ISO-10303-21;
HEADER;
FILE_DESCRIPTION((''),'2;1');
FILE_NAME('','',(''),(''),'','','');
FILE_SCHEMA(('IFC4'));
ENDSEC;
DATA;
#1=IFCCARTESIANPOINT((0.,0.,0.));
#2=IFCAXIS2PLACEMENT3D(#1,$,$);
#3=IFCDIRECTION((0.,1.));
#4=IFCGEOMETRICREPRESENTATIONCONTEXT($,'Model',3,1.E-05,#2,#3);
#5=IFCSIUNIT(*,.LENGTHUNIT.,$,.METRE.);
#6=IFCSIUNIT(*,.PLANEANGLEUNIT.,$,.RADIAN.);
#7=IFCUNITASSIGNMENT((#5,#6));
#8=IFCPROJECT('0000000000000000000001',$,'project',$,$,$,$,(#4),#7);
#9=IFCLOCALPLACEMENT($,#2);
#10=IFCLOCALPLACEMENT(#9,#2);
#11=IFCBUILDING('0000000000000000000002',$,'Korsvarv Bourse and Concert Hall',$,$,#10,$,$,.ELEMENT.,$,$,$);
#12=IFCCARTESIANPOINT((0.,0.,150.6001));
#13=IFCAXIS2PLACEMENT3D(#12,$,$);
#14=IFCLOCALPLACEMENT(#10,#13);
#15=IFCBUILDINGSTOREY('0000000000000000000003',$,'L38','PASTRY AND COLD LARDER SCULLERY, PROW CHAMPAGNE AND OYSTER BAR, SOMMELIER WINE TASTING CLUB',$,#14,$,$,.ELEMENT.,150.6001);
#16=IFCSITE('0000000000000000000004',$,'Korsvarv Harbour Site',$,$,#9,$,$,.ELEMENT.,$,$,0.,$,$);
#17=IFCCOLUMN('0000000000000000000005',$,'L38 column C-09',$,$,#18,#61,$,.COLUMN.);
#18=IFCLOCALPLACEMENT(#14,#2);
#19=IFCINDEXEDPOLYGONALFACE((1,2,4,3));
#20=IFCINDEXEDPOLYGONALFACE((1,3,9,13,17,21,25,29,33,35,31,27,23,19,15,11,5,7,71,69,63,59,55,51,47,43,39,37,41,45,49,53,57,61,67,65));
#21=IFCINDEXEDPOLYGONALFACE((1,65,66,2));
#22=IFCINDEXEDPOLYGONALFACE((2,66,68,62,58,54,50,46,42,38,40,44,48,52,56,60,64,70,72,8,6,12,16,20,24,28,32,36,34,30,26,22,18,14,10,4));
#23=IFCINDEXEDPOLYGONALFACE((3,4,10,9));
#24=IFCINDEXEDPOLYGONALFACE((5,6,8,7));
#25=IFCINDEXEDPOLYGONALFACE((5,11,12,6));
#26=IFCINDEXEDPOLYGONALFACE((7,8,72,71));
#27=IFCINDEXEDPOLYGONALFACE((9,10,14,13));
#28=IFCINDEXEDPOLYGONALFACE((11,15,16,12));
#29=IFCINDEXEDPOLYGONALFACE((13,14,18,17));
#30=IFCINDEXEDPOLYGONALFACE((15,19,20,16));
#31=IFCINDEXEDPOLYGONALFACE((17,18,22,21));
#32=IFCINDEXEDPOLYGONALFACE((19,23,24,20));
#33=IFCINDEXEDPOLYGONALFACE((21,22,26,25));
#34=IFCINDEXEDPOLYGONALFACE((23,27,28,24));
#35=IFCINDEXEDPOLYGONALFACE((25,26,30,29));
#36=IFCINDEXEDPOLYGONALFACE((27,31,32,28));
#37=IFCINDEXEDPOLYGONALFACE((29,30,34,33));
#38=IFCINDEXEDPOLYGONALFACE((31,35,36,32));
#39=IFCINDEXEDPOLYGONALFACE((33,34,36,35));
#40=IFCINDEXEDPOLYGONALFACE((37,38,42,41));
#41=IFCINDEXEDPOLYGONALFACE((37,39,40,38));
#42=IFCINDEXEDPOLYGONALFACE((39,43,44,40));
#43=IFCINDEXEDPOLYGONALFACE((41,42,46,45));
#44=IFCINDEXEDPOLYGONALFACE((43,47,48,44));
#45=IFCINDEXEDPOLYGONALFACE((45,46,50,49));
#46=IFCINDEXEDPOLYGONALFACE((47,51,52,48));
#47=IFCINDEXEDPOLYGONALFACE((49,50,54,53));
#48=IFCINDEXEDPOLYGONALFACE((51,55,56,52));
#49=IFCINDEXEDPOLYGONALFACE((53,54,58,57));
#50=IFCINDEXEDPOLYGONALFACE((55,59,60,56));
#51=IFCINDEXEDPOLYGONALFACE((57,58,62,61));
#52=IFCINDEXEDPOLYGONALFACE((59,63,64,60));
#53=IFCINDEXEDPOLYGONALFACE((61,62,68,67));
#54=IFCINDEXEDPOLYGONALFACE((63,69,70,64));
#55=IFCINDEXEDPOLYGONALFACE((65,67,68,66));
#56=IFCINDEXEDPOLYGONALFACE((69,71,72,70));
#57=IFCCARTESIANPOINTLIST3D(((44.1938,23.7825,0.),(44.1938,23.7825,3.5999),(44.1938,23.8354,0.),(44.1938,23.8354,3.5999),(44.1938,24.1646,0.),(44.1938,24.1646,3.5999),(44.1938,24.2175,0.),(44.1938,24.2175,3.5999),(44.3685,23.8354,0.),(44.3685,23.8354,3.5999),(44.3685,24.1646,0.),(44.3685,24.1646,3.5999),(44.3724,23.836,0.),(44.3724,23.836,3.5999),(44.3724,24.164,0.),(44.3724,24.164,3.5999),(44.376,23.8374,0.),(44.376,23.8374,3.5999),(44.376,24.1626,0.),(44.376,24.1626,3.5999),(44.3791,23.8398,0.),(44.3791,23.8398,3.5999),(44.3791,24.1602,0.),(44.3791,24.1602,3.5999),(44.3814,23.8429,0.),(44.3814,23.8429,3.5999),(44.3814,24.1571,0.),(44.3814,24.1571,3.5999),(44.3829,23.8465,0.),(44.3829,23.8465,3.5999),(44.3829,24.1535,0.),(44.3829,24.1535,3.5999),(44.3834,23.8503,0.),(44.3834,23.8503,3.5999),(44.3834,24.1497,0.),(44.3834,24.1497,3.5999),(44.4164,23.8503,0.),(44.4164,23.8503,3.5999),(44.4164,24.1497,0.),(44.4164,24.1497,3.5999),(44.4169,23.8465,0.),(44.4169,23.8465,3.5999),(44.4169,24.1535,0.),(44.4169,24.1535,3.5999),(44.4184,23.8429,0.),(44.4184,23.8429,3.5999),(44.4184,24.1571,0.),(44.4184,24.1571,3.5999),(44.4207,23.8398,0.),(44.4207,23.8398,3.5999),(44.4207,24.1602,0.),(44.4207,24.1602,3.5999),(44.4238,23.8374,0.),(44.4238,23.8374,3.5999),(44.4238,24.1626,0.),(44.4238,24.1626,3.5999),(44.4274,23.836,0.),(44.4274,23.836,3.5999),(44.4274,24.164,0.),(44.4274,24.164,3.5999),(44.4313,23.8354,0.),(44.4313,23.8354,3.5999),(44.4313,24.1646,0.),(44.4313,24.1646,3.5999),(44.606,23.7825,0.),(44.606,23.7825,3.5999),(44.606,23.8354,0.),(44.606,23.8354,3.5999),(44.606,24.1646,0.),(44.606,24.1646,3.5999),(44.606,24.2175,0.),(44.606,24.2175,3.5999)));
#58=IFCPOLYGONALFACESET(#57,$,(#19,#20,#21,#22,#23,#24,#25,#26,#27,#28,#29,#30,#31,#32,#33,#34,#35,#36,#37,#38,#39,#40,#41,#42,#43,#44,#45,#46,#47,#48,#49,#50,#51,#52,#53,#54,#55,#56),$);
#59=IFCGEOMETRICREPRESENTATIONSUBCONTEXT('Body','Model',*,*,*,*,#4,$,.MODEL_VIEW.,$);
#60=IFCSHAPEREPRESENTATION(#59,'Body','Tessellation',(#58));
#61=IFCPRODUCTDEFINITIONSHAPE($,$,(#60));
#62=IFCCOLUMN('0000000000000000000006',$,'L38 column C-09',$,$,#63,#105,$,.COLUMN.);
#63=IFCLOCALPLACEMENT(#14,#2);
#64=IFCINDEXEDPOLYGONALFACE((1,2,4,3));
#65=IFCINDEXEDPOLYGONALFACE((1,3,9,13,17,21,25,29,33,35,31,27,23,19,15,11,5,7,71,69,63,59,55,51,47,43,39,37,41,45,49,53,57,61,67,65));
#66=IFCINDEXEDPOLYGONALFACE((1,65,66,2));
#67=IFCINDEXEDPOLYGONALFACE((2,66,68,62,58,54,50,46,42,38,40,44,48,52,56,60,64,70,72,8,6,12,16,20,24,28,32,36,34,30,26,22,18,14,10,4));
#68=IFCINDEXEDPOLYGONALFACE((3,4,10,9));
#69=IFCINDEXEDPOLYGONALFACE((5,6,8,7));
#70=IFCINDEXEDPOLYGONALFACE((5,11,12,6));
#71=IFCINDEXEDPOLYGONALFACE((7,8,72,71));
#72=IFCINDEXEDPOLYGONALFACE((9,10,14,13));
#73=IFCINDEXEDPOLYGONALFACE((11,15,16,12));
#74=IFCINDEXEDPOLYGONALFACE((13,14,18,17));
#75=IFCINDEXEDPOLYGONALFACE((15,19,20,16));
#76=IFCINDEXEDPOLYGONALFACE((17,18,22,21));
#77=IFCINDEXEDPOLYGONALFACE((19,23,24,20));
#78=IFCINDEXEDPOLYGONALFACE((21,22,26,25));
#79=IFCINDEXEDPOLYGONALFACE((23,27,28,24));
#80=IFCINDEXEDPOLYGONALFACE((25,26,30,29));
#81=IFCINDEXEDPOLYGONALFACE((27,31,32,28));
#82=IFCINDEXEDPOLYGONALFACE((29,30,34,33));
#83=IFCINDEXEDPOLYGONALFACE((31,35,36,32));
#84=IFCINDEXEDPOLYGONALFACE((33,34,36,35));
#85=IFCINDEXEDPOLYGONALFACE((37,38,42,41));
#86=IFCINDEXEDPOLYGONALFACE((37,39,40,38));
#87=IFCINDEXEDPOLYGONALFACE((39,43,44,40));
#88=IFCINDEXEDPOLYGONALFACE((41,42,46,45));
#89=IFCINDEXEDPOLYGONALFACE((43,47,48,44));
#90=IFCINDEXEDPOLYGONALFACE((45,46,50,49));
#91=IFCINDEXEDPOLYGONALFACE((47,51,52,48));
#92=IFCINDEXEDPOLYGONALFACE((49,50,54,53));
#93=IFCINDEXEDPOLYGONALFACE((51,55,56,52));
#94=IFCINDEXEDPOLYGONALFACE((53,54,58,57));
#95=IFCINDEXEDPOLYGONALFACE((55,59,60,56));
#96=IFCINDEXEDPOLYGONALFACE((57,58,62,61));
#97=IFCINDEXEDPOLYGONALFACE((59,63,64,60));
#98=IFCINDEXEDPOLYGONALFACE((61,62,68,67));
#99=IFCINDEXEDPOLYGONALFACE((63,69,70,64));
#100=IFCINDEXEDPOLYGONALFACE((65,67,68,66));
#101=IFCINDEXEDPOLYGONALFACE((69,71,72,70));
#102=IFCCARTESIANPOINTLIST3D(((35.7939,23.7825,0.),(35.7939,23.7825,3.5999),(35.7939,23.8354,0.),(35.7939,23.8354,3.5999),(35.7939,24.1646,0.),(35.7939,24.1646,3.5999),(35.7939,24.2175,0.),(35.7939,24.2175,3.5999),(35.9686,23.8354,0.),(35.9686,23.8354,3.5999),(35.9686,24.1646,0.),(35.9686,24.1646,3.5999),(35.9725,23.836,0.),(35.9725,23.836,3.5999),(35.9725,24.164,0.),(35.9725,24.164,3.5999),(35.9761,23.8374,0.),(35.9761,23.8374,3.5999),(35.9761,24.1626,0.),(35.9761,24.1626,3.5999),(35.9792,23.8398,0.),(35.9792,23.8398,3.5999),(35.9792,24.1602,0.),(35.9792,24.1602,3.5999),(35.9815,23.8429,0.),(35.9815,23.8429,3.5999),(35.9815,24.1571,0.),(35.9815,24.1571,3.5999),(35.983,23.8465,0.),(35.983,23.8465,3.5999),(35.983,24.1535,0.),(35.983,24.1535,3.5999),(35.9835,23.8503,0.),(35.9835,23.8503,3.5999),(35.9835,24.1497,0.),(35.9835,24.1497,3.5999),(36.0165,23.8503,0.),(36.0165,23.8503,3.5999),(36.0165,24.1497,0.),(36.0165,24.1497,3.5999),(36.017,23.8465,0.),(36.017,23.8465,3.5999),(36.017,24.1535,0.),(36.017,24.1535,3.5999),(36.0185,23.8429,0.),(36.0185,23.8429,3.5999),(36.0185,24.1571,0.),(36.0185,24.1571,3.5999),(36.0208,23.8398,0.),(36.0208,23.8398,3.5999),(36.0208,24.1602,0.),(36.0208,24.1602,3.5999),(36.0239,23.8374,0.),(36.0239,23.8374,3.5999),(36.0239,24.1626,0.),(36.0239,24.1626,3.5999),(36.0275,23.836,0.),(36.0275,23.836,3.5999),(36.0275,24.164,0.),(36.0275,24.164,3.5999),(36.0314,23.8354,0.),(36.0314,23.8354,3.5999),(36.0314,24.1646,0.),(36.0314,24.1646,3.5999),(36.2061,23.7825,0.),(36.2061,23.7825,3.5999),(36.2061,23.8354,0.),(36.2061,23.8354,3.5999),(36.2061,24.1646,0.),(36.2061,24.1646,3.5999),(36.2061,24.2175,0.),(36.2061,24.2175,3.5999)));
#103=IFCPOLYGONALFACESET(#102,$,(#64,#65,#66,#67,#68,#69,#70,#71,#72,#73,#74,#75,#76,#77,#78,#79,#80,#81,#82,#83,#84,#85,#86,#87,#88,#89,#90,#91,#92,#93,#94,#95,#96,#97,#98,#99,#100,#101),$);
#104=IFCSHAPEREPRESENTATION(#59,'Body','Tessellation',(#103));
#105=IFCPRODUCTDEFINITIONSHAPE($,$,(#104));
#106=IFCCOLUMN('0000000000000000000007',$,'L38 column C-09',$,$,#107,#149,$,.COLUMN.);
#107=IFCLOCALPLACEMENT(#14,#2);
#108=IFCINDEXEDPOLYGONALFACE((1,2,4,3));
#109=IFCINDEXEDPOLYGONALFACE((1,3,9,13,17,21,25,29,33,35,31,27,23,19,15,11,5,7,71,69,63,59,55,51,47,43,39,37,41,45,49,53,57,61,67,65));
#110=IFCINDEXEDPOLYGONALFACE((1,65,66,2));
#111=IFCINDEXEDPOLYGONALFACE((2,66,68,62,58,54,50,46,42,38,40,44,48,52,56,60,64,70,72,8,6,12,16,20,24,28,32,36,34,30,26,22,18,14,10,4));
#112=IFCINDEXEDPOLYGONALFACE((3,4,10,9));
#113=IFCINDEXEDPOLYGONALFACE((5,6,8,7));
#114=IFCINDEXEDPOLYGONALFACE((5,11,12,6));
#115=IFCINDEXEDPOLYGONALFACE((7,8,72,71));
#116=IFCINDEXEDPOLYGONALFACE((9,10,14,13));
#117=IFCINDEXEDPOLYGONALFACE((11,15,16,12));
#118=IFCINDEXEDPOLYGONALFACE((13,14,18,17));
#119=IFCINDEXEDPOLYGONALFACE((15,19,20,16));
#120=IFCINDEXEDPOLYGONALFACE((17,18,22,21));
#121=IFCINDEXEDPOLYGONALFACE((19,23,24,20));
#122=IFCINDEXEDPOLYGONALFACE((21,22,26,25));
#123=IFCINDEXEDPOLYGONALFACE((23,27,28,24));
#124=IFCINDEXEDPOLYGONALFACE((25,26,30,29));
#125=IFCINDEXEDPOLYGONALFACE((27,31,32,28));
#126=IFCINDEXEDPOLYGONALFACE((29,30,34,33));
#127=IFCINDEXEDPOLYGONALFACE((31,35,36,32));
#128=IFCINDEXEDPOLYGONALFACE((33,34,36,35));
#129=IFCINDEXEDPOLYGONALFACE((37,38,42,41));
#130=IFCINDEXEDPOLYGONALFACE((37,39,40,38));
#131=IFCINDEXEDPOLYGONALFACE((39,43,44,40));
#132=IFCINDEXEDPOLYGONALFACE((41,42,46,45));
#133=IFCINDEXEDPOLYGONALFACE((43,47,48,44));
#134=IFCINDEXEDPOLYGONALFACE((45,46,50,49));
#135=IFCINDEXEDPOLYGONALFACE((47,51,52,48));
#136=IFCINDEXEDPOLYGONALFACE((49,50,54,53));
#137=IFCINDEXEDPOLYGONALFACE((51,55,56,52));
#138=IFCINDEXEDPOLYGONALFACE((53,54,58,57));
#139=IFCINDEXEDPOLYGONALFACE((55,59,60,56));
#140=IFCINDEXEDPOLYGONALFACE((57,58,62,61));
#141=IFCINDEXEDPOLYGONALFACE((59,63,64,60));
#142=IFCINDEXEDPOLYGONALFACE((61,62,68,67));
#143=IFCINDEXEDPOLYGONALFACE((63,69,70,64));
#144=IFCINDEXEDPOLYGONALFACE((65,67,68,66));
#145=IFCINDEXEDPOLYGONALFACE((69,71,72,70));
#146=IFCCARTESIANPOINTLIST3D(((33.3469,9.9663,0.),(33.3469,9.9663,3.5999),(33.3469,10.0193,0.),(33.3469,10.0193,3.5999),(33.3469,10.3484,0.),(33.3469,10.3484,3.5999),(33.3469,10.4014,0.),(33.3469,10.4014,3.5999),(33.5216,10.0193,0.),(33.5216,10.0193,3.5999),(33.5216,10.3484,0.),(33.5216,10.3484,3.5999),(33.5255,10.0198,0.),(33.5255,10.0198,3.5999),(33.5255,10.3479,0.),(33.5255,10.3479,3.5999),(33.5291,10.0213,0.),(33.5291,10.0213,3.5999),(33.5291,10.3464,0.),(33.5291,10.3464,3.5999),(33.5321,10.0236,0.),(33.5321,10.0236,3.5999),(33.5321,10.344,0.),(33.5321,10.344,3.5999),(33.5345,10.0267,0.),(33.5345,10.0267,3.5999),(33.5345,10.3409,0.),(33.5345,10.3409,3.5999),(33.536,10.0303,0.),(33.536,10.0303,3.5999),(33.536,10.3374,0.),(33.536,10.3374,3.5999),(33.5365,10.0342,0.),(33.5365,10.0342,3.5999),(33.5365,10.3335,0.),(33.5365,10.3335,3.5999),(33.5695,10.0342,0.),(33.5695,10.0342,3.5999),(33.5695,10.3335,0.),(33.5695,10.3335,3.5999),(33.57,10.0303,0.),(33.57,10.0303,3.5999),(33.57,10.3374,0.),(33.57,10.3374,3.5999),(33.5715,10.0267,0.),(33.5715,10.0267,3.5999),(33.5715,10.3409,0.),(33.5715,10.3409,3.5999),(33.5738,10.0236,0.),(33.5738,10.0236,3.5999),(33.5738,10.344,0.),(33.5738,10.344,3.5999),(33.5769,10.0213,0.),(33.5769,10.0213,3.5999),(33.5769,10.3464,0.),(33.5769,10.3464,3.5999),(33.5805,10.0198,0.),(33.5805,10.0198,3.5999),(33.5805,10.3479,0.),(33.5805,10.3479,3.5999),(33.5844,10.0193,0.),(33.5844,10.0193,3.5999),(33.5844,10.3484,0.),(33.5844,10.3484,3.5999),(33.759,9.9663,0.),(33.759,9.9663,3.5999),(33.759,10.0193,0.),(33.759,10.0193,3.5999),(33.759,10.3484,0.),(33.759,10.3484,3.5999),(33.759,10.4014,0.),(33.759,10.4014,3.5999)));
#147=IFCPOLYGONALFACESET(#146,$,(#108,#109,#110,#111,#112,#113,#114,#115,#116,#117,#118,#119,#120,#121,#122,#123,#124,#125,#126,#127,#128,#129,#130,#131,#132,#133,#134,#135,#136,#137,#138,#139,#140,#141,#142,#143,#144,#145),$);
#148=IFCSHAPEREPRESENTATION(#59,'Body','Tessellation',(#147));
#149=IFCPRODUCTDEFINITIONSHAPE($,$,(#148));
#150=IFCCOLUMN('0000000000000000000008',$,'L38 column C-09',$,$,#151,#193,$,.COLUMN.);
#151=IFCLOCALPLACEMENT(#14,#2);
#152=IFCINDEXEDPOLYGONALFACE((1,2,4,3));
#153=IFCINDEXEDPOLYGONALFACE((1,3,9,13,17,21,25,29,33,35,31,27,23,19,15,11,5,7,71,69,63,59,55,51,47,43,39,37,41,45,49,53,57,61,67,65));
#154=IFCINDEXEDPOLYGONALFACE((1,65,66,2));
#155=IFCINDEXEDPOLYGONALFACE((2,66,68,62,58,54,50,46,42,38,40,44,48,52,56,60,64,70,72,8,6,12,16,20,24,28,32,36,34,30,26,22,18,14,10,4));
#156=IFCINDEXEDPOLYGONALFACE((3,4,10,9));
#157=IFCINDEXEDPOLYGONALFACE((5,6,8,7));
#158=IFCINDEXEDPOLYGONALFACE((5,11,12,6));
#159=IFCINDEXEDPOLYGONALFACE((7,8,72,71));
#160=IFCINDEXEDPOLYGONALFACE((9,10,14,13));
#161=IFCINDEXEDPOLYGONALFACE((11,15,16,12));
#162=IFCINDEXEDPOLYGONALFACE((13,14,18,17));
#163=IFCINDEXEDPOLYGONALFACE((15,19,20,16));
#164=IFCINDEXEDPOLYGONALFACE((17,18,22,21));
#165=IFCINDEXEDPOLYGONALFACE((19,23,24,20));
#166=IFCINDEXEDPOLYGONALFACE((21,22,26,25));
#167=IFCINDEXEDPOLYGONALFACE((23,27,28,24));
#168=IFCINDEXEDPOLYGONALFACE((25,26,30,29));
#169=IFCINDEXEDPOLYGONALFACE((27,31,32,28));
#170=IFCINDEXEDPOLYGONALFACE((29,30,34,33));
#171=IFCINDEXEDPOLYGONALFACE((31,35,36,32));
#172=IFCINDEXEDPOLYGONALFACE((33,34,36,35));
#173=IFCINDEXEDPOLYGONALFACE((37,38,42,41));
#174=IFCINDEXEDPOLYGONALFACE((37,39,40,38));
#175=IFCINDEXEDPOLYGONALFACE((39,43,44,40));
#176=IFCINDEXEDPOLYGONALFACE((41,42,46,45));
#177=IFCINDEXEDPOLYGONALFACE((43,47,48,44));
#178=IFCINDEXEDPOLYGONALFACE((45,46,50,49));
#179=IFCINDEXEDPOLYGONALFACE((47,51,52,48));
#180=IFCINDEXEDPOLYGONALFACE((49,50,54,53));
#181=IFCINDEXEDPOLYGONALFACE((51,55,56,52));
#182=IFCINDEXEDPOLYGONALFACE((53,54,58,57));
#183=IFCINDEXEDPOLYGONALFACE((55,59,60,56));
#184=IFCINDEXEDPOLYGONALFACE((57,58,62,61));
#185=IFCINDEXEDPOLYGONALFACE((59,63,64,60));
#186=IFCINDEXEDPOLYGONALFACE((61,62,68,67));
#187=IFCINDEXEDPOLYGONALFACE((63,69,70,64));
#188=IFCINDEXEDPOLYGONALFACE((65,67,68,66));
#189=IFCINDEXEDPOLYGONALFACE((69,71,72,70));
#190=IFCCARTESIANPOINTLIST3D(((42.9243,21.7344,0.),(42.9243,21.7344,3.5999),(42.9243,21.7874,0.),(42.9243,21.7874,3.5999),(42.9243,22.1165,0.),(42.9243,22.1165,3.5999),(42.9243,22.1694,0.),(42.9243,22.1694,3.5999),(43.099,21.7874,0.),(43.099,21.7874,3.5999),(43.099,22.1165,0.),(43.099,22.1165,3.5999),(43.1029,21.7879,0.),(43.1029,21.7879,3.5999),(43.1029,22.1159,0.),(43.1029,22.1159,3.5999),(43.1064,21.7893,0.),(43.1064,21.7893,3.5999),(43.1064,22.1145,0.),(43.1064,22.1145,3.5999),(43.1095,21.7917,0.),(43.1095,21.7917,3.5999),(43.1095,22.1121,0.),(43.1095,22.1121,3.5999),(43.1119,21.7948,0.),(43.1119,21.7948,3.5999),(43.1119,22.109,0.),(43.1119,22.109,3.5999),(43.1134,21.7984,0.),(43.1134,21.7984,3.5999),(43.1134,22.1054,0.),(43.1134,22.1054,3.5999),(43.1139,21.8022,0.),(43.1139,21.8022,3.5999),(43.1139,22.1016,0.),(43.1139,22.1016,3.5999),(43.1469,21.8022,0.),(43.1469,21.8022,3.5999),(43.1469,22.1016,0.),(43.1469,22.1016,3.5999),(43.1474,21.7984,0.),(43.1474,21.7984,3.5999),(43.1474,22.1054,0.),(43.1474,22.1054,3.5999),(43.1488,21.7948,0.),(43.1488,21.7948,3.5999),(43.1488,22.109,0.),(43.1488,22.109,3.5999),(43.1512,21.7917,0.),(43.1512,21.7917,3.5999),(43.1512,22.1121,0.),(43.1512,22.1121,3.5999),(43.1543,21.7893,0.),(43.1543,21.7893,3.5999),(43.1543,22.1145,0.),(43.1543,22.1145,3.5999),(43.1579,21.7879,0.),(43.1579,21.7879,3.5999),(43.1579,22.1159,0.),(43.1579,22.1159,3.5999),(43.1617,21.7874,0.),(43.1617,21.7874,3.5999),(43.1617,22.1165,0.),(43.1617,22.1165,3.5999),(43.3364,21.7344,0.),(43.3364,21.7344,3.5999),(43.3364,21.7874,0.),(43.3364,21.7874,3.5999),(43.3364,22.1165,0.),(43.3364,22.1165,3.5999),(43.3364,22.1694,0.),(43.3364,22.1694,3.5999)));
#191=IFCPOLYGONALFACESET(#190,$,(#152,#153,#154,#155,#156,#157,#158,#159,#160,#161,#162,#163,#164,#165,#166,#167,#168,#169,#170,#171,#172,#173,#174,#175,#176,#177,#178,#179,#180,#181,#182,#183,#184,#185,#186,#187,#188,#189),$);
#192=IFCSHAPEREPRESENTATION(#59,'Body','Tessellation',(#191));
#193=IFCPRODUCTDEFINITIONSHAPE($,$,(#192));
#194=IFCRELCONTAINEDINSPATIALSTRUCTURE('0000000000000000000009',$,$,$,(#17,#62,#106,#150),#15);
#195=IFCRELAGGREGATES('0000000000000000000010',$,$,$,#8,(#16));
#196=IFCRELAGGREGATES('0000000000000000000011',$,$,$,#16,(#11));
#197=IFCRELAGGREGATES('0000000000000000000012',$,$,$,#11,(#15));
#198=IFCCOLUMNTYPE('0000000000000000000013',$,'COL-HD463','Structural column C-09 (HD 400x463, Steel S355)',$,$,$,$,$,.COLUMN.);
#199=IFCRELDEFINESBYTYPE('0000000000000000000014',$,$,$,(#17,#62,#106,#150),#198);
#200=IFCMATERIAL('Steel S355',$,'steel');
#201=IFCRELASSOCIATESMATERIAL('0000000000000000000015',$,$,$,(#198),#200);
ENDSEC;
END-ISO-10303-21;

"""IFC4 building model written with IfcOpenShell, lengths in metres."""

from ifc_helpers import new_model, si_unit, direction, frame, origin, origin_2d, place, context, subcontext, project, spatial, i_section, extrude, source, transform, mapped, material, material_profile, profile_set, type_object, element, save


model = new_model("IFC4")

# Units and contexts
model_context = context("Model", 3, precision=1e-05, world=origin(), true_north=direction((0.0, 1.0)))
body_context = subcontext(model_context, "Body", "Model", "MODEL_VIEW")
ifc_project = project(units=[si_unit("LENGTHUNIT", "METRE"), si_unit("PLANEANGLEUNIT", "RADIAN")], contexts=[model_context])

# Site, building, storey
site_placement = place(None, origin())
site = spatial("IfcSite", under=ifc_project, at=site_placement, Name="Korsvarv Harbour Site", CompositionType="ELEMENT", RefElevation=0.0)
building_placement = place(site_placement, origin())
building = spatial("IfcBuilding", under=site, at=building_placement, Name="Korsvarv Bourse and Concert Hall", CompositionType="ELEMENT")
storey_placement = place(building_placement, frame((0.0, 0.0, 150.6001)))
storey = spatial("IfcBuildingStorey", under=building, at=storey_placement, Name="L38", Description="PASTRY AND COLD LARDER SCULLERY, PROW CHAMPAGNE AND OYSTER BAR, SOMMELIER WINE TASTING CLUB", CompositionType="ELEMENT", Elevation=150.6001)

# Columns
ifc_material_1 = material(Name="Steel S355", Category="steel")
ifc_material_profile_1 = material_profile(ifc_material_1, i_section(OverallWidth=0.4121, OverallDepth=0.4351, WebThickness=0.033, FlangeThickness=0.053, FilletRadius=0.0149, at=origin_2d()), Name="HD 400x463")
ifc_profile_set_1 = profile_set([ifc_material_profile_1], Name="Steel S355")
column_type = type_object("IfcColumnType", Name="COL-HD463", Description="Structural column C-09 (HD 400x463, Steel S355)", PredefinedType="COLUMN", material=ifc_profile_set_1)
shared_shape_1 = source(origin(), body_context, "Body", "SweptSolid", [
    extrude(i_section(OverallWidth=0.4121, OverallDepth=0.4351, WebThickness=0.033, FlangeThickness=0.053, FilletRadius=0.0149, at=origin_2d()), origin(), (0.0, 0.0, 1.0), 3.5999),
])
for number, where, z_axis, x_axis, name in (
    (1, (44.3999, 24.0, 0.0), (0.0, 0.0, 1.0), (1.0, 0.0, 0.0), "L38 column C-09"),
    (2, (36.0, 24.0, 0.0), (0.0, 0.0, 1.0), (1.0, 0.0, 0.0), "L38 column C-09"),
    (3, (33.553, 10.1838, 0.0), (0.0, 0.0, 1.0), (1.0, 0.0, 0.0), "L38 column C-09"),
    (4, (43.1304, 21.9519, 0.0), (0.0, 0.0, 1.0), (1.0, 0.0, 0.0), "L38 column C-09"),
):
    element("IfcColumn", number, at=place(storey_placement, frame(where, z_axis=z_axis, x_axis=x_axis)), inside=storey, type_object=column_type, Name=name, PredefinedType="COLUMN", context=body_context, shape_type="MappedRepresentation", body=[
        mapped(shared_shape_1, transform((0.0, 0.0, 0.0), scale=1.0)),
    ])

save(model, "model.ifc")
